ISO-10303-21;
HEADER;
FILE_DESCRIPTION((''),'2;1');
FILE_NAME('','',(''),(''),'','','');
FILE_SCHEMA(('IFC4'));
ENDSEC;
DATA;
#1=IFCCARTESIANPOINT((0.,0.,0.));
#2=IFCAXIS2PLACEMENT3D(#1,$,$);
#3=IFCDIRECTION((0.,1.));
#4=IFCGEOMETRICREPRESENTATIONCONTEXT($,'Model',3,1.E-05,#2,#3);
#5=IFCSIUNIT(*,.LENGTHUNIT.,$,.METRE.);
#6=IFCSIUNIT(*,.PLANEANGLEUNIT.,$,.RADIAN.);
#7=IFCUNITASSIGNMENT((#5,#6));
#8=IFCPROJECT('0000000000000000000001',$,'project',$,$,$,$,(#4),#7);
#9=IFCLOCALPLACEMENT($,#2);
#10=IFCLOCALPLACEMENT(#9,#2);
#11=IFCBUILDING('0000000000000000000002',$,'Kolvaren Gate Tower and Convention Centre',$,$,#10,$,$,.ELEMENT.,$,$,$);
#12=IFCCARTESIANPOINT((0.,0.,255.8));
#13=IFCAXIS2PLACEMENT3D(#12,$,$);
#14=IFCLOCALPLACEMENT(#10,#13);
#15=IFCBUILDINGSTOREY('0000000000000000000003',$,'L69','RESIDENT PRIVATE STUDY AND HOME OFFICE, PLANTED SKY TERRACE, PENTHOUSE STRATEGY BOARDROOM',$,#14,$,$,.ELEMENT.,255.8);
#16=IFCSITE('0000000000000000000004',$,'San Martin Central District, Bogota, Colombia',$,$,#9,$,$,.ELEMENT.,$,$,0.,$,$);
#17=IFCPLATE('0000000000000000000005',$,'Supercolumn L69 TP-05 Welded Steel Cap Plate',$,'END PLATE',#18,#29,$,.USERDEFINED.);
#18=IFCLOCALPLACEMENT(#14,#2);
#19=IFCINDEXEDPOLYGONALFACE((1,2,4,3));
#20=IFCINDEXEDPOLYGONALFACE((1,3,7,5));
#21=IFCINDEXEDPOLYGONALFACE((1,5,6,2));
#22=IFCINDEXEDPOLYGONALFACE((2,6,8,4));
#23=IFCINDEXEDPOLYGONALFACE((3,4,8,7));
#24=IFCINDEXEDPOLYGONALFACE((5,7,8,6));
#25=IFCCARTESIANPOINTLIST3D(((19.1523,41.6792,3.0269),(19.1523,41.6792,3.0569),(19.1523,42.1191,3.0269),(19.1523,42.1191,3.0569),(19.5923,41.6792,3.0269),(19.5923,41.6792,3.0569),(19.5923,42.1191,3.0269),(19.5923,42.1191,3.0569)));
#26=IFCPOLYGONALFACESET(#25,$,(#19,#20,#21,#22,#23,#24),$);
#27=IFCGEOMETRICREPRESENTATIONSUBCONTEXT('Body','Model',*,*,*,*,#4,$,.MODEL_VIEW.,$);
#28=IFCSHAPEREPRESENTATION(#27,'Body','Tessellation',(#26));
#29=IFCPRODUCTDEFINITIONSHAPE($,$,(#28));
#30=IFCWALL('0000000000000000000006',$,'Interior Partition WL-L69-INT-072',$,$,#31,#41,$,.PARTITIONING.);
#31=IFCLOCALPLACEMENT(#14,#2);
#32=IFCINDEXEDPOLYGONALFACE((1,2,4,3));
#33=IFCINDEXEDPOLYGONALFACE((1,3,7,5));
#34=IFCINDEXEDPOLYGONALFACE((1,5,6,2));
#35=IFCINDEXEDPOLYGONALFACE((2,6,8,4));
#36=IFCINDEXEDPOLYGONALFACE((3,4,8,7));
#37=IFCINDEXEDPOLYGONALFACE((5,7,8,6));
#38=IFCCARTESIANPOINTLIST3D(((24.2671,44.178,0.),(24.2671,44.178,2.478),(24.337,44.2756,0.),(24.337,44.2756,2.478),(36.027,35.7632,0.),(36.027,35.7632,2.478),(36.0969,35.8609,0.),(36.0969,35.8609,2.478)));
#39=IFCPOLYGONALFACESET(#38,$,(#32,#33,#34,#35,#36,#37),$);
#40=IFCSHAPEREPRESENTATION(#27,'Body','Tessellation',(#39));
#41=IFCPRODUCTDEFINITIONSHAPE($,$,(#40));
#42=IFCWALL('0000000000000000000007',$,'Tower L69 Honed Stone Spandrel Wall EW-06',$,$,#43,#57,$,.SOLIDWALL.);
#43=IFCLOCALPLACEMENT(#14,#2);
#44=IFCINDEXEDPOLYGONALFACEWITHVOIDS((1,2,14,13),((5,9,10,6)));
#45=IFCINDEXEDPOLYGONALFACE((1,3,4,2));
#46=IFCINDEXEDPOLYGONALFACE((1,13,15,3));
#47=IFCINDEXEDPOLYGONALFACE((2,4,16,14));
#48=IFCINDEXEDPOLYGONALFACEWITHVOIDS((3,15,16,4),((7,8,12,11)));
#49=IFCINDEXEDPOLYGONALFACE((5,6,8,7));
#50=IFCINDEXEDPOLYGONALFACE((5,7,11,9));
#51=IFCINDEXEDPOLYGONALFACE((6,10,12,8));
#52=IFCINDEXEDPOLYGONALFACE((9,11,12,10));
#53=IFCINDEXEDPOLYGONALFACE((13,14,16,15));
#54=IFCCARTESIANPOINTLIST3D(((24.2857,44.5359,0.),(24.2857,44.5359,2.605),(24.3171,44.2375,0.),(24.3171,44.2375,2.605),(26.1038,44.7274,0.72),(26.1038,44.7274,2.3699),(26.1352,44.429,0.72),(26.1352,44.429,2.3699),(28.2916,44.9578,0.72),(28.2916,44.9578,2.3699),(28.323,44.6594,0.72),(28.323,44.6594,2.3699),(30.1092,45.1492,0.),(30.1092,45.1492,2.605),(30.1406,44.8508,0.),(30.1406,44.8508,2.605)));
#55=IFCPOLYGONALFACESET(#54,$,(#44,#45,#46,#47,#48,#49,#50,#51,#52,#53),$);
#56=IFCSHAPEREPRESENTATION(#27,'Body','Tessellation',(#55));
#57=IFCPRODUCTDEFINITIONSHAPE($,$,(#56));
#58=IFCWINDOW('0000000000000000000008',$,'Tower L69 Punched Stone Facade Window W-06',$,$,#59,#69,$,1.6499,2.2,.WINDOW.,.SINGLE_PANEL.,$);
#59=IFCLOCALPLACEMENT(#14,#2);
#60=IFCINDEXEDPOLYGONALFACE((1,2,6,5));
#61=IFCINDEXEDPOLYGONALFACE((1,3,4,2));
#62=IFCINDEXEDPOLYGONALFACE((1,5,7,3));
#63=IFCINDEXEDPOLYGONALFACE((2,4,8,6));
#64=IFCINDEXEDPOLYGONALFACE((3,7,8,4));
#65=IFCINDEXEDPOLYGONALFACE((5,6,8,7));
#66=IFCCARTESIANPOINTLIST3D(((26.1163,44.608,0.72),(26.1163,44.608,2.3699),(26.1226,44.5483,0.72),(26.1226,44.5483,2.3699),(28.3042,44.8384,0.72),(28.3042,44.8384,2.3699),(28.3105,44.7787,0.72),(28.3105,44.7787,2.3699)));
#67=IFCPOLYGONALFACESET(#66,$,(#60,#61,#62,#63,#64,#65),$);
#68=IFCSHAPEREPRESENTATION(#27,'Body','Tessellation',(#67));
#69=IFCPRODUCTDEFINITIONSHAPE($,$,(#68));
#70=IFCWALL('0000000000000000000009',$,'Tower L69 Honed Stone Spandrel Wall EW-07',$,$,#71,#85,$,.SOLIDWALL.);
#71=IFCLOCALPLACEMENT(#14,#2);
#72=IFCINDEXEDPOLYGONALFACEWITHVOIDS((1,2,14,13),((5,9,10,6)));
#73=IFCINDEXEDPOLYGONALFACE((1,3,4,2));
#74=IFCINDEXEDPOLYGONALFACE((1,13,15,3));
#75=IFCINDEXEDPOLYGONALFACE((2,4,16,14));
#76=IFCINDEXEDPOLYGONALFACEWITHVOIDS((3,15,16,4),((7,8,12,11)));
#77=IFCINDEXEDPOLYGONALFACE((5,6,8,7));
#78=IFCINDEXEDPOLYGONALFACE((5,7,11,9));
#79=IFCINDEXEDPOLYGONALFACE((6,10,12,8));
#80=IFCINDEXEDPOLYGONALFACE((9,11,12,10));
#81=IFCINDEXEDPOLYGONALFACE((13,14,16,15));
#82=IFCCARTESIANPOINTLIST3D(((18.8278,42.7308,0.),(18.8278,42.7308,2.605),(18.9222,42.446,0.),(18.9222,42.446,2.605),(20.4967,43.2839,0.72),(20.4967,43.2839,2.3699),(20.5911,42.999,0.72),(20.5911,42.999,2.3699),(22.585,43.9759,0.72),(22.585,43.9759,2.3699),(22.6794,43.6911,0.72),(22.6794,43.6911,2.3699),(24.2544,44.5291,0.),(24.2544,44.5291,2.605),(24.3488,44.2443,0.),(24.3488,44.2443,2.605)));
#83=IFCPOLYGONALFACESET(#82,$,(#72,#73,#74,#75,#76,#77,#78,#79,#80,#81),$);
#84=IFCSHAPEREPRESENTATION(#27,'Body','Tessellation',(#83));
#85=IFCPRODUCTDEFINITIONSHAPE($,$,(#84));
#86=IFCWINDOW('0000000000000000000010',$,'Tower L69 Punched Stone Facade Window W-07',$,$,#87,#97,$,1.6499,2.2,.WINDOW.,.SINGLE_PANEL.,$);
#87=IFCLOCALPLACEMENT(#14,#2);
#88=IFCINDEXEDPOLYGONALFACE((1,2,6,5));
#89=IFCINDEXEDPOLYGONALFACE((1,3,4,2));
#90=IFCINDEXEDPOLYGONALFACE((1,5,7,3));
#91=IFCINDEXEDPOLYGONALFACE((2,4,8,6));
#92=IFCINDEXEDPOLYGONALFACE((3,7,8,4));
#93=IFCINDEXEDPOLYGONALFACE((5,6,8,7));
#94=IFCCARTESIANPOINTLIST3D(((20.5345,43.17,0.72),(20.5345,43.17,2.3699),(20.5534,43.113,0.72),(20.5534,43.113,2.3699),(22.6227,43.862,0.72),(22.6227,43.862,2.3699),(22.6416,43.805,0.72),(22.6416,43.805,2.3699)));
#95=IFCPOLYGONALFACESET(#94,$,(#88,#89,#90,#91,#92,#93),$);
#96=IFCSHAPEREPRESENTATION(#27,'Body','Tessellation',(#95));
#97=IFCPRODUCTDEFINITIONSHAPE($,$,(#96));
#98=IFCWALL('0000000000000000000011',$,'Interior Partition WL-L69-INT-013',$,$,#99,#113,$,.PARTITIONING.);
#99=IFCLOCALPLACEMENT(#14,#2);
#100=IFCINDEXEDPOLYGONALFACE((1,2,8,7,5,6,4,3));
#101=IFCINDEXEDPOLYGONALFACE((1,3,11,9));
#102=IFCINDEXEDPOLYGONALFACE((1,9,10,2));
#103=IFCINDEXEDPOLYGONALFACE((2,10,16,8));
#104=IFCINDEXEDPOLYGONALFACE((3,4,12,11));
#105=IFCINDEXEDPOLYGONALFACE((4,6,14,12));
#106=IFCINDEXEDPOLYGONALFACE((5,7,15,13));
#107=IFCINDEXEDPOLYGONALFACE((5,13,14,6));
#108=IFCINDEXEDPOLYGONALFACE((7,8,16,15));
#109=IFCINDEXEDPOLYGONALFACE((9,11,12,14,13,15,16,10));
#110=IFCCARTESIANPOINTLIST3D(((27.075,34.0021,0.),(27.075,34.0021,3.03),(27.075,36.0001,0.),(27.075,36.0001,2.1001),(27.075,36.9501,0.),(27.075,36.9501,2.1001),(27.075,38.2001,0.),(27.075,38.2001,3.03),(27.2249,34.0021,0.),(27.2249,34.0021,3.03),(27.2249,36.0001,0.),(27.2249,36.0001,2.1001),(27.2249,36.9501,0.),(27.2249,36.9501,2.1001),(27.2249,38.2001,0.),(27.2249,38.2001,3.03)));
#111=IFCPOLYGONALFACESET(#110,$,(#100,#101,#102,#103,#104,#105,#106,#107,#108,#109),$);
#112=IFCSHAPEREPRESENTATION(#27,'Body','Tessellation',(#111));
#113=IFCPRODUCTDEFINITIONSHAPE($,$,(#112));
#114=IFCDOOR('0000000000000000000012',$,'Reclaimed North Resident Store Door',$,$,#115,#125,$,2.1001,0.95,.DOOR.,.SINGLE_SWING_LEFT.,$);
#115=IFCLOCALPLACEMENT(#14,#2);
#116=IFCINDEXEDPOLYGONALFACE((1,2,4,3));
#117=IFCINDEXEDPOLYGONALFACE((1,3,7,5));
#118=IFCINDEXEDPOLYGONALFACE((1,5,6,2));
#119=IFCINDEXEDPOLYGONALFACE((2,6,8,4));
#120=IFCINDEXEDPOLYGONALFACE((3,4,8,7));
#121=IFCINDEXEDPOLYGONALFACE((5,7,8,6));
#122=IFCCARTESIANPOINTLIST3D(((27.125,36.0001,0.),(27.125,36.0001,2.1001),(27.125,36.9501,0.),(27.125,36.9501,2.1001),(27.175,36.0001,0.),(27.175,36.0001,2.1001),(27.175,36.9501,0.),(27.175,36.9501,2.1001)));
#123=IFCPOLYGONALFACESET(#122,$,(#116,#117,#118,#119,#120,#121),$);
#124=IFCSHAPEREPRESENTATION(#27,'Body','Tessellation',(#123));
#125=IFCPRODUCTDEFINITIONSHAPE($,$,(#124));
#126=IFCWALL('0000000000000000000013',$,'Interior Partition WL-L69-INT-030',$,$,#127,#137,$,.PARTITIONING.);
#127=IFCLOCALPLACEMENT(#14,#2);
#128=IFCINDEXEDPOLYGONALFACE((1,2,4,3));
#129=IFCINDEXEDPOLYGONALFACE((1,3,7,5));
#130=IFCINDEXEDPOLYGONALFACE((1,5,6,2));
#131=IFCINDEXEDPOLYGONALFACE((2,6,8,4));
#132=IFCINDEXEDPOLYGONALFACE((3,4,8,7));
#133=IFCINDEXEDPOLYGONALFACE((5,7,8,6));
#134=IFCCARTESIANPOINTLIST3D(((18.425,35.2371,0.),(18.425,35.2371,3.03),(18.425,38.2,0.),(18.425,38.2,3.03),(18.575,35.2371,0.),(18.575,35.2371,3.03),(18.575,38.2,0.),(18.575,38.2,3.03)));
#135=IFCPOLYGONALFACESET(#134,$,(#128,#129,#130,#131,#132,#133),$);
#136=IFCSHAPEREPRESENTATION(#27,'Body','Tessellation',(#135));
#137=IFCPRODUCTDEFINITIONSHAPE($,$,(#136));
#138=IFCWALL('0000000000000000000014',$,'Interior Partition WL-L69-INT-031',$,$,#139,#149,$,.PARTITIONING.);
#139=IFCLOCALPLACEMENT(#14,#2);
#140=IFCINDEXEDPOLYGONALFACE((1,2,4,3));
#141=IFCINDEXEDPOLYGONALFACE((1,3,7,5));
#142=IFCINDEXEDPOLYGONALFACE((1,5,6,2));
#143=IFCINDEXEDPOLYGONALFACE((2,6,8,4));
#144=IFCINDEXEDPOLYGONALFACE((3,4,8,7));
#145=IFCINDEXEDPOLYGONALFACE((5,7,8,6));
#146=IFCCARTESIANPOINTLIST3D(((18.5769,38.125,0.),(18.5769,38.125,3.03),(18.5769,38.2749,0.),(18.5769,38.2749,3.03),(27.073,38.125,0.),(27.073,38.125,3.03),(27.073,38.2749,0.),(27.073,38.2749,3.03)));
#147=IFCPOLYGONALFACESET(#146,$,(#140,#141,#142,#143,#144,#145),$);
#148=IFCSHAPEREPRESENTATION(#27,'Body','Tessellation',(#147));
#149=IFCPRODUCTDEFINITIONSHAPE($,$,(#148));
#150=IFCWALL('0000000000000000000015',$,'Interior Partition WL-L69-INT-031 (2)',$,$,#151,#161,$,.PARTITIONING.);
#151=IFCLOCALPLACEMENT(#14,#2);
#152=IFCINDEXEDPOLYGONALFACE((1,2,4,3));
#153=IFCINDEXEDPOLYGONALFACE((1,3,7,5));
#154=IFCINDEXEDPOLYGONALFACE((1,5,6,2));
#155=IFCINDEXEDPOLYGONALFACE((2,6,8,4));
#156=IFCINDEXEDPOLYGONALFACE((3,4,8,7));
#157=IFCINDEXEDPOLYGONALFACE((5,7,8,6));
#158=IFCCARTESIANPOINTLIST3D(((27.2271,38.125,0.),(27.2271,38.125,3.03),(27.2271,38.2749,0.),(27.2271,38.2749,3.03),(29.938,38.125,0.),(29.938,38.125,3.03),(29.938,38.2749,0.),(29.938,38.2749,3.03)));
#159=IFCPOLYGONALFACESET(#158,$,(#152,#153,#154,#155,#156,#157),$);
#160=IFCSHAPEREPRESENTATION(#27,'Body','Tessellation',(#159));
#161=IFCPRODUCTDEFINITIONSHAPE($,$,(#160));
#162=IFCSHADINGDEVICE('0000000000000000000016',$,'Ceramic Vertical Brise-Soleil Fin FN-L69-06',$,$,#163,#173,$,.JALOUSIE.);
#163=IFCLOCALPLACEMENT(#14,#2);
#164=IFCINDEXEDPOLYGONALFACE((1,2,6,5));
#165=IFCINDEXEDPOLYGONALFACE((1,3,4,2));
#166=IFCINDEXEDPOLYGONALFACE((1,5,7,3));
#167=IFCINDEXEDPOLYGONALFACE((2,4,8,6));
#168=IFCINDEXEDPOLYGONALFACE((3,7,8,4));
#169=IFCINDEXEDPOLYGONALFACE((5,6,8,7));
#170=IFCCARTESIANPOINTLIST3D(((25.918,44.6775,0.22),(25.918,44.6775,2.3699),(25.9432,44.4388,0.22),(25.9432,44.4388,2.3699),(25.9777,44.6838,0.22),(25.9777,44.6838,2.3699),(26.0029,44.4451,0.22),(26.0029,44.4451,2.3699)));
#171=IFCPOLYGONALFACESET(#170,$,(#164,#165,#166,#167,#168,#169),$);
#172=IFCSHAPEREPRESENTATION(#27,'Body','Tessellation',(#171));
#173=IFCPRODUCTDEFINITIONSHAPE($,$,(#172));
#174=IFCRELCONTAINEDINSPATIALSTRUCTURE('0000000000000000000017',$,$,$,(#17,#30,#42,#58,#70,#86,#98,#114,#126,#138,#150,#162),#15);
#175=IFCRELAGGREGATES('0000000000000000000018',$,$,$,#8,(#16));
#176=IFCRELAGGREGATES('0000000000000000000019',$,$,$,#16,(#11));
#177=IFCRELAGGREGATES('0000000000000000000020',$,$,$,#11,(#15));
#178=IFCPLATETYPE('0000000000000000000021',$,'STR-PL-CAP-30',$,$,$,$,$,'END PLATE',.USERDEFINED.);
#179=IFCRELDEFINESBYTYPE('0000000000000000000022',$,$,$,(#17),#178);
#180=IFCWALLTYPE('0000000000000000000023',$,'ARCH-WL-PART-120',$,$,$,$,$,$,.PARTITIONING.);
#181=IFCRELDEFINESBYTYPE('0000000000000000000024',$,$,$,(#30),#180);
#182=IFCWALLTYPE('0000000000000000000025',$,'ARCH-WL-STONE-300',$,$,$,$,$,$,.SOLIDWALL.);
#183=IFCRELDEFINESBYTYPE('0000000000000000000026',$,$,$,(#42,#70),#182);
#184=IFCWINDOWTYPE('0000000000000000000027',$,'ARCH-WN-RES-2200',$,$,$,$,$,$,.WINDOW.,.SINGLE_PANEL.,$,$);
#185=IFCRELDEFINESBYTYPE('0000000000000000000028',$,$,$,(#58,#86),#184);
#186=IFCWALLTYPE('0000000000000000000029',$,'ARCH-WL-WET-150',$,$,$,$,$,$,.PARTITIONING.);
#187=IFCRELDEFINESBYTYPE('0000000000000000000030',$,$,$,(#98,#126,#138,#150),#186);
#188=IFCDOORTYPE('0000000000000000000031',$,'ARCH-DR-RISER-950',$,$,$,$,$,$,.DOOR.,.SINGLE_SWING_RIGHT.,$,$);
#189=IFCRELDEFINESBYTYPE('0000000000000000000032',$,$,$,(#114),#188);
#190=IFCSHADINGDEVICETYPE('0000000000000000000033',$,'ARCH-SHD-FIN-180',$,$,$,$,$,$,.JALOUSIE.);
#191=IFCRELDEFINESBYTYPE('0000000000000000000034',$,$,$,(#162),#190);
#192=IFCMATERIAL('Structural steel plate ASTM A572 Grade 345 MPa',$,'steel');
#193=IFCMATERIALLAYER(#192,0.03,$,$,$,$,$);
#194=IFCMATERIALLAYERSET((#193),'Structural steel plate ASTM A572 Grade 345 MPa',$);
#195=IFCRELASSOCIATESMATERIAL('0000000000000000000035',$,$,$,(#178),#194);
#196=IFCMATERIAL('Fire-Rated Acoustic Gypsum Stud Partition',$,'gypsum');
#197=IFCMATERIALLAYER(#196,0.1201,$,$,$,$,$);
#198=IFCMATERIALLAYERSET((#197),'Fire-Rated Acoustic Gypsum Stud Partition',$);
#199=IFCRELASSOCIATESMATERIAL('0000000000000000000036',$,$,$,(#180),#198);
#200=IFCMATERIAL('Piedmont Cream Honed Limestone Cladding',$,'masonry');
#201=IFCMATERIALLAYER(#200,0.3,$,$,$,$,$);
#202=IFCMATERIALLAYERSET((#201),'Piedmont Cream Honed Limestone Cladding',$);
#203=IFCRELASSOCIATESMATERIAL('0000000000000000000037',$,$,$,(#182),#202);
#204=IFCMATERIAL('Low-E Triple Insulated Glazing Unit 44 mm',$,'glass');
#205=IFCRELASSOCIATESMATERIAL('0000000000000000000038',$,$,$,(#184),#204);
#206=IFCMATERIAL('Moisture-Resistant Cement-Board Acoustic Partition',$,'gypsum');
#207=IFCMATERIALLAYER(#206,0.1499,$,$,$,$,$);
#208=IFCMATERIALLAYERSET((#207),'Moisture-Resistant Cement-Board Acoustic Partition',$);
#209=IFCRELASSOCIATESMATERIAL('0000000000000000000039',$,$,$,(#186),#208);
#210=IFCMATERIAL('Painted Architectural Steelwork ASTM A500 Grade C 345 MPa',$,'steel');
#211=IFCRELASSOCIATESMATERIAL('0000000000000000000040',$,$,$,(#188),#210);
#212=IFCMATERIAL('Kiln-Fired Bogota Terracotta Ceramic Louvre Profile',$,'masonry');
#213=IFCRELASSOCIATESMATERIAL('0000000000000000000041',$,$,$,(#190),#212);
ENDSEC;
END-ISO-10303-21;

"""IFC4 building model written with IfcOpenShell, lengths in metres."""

from ifc_helpers import new_model, si_unit, direction, frame, frame_2d, origin, origin_2d, place, context, subcontext, project, spatial, rectangle, extrude, material, layer, layer_set, type_object, element, fill, save


model = new_model("IFC4")

# Units and contexts
model_context = context("Model", 3, precision=1e-05, world=origin(), true_north=direction((0.0, 1.0)))
body_context = subcontext(model_context, "Body", "Model", "MODEL_VIEW")
ifc_project = project(units=[si_unit("LENGTHUNIT", "METRE"), si_unit("PLANEANGLEUNIT", "RADIAN")], contexts=[model_context])

# Site, building, storey
site_placement = place(None, origin())
site = spatial("IfcSite", under=ifc_project, at=site_placement, Name="San Martin Central District, Bogota, Colombia", CompositionType="ELEMENT", RefElevation=0.0)
building_placement = place(site_placement, origin())
building = spatial("IfcBuilding", under=site, at=building_placement, Name="Kolvaren Gate Tower and Convention Centre", CompositionType="ELEMENT")
storey_placement = place(building_placement, frame((0.0, 0.0, 255.8)))
storey = spatial("IfcBuildingStorey", under=building, at=storey_placement, Name="L69", Description="RESIDENT PRIVATE STUDY AND HOME OFFICE, PLANTED SKY TERRACE, PENTHOUSE STRATEGY BOARDROOM", CompositionType="ELEMENT", Elevation=255.8)

# Plate
ifc_material_1 = material(Name="Structural steel plate ASTM A572 Grade 345 MPa", Category="steel")
ifc_layer_1 = layer(ifc_material_1, 0.03)
ifc_layer_set_1 = layer_set([ifc_layer_1], Name="Structural steel plate ASTM A572 Grade 345 MPa")
plate_type = type_object("IfcPlateType", Name="STR-PL-CAP-30", ElementType="END PLATE", PredefinedType="USERDEFINED", material=ifc_layer_set_1)
plate_placement = place(storey_placement, frame((19.3723, 41.8992, 3.0269), z_axis=(0.0, 0.0, 1.0), x_axis=(1.0, 0.0, 0.0)))
element("IfcPlate", 1, at=plate_placement, inside=storey, type_object=plate_type, Name="Supercolumn L69 TP-05 Welded Steel Cap Plate", ObjectType="END PLATE", PredefinedType="USERDEFINED", context=body_context, shape_type="SweptSolid", body=[
    extrude(rectangle(XDim=0.4399, YDim=0.4399, at=origin_2d()), origin(), (0.0, 0.0, 1.0), 0.03),
])

# Wall
ifc_material_2 = material(Name="Fire-Rated Acoustic Gypsum Stud Partition", Category="gypsum")
ifc_layer_2 = layer(ifc_material_2, 0.1201)
ifc_layer_set_2 = layer_set([ifc_layer_2], Name="Fire-Rated Acoustic Gypsum Stud Partition")
wall_type_1 = type_object("IfcWallType", Name="ARCH-WL-PART-120", PredefinedType="PARTITIONING", material=ifc_layer_set_2)
wall_1_placement = place(storey_placement, frame((24.302, 44.2268, 0.0), z_axis=(0.0, 0.0, 1.0), x_axis=(0.81325, -0.581915, 0.0)))
element("IfcWall", 2, at=wall_1_placement, inside=storey, type_object=wall_type_1, Name="Interior Partition WL-L69-INT-072", PredefinedType="PARTITIONING", context=body_context, shape_type="SweptSolid", body=[
    extrude(rectangle(XDim=14.4604, YDim=0.1201, at=frame_2d((7.2302, 0.0))), origin(), (0.0, 0.0, 1.0), 2.478),
])

# Walls, openings, windows
ifc_material_3 = material(Name="Piedmont Cream Honed Limestone Cladding", Category="masonry")
ifc_layer_3 = layer(ifc_material_3, 0.3)
ifc_layer_set_3 = layer_set([ifc_layer_3], Name="Piedmont Cream Honed Limestone Cladding")
wall_type_2 = type_object("IfcWallType", Name="ARCH-WL-STONE-300", PredefinedType="SOLIDWALL", material=ifc_layer_set_3)
wall_2_placement = place(storey_placement, frame((24.3015, 44.3867, 0.0), z_axis=(0.0, 0.0, 1.0), x_axis=(0.9945, 0.104733, 0.0)))
wall_2 = element("IfcWall", 3, at=wall_2_placement, inside=storey, type_object=wall_type_2, Name="Tower L69 Honed Stone Spandrel Wall EW-06", PredefinedType="SOLIDWALL", context=body_context, shape_type="SweptSolid", body=[
    extrude(rectangle(XDim=5.8557, YDim=0.3, at=frame_2d((2.9277, 0.0))), origin(), (0.0, 0.0, 1.0), 2.605),
])
opening_1_placement = place(wall_2_placement, frame((1.8279, 0.0, 0.72)))
opening_1 = element("IfcOpeningElement", 4, at=opening_1_placement, cuts=wall_2, PredefinedType="OPENING", context=body_context, shape_type="SweptSolid", body=[
    extrude(rectangle(XDim=2.2, YDim=1.6499, at=frame_2d((1.1001, 0.825))), frame((0.0, 0.1599, 0.0), z_axis=(0.0, -1.0, 0.0), x_axis=(1.0, 0.0, 0.0)), (0.0, 0.0, 1.0), 0.3201),
])
ifc_material_4 = material(Name="Low-E Triple Insulated Glazing Unit 44 mm", Category="glass")
window_type = type_object("IfcWindowType", Name="ARCH-WN-RES-2200", PartitioningType="SINGLE_PANEL", PredefinedType="WINDOW", material=ifc_material_4)
window_1_placement = place(opening_1_placement, origin())
window_1 = element("IfcWindow", 5, at=window_1_placement, inside=storey, type_object=window_type, Name="Tower L69 Punched Stone Facade Window W-06", OverallHeight=1.6499, OverallWidth=2.2, PartitioningType="SINGLE_PANEL", PredefinedType="WINDOW", context=body_context, shape_type="SweptSolid", body=[
    extrude(rectangle(XDim=2.2, YDim=1.6499, at=frame_2d((1.1001, 0.825))), frame((0.0, 0.03, 0.0), z_axis=(0.0, -1.0, 0.0), x_axis=(1.0, 0.0, 0.0)), (0.0, 0.0, 1.0), 0.0601),
])
fill(opening_1, window_1)
wall_3_placement = place(storey_placement, frame((18.875, 42.5884, 0.0), z_axis=(0.0, 0.0, 1.0), x_axis=(0.949233, 0.314575, 0.0)))
wall_3 = element("IfcWall", 6, at=wall_3_placement, inside=storey, type_object=wall_type_2, Name="Tower L69 Honed Stone Spandrel Wall EW-07", PredefinedType="SOLIDWALL", context=body_context, shape_type="SweptSolid", body=[
    extrude(rectangle(XDim=5.7168, YDim=0.3, at=frame_2d((2.8584, 0.0))), origin(), (0.0, 0.0, 1.0), 2.605),
])
opening_2_placement = place(wall_3_placement, frame((1.7581, 0.0, 0.72)))
opening_2 = element("IfcOpeningElement", 7, at=opening_2_placement, cuts=wall_3, PredefinedType="OPENING", context=body_context, shape_type="SweptSolid", body=[
    extrude(rectangle(XDim=2.2, YDim=1.6499, at=frame_2d((1.1001, 0.825))), frame((0.0, 0.1599, 0.0), z_axis=(0.0, -1.0, 0.0), x_axis=(1.0, 0.0, 0.0)), (0.0, 0.0, 1.0), 0.3201),
])
window_2_placement = place(opening_2_placement, origin())
window_2 = element("IfcWindow", 8, at=window_2_placement, inside=storey, type_object=window_type, Name="Tower L69 Punched Stone Facade Window W-07", OverallHeight=1.6499, OverallWidth=2.2, PartitioningType="SINGLE_PANEL", PredefinedType="WINDOW", context=body_context, shape_type="SweptSolid", body=[
    extrude(rectangle(XDim=2.2, YDim=1.6499, at=frame_2d((1.1001, 0.825))), frame((0.0, 0.03, 0.0), z_axis=(0.0, -1.0, 0.0), x_axis=(1.0, 0.0, 0.0)), (0.0, 0.0, 1.0), 0.0601),
])
fill(opening_2, window_2)

# Wall, opening, door
ifc_material_5 = material(Name="Moisture-Resistant Cement-Board Acoustic Partition", Category="gypsum")
ifc_layer_4 = layer(ifc_material_5, 0.1499)
ifc_layer_set_4 = layer_set([ifc_layer_4], Name="Moisture-Resistant Cement-Board Acoustic Partition")
wall_type_3 = type_object("IfcWallType", Name="ARCH-WL-WET-150", PredefinedType="PARTITIONING", material=ifc_layer_set_4)
wall_4_placement = place(storey_placement, frame((27.1499, 34.002, 0.0), z_axis=(0.0, 0.0, 1.0), x_axis=(0.0, 1.0, 0.0)))
wall_4 = element("IfcWall", 9, at=wall_4_placement, inside=storey, type_object=wall_type_3, Name="Interior Partition WL-L69-INT-013", PredefinedType="PARTITIONING", context=body_context, shape_type="SweptSolid", body=[
    extrude(rectangle(XDim=4.198, YDim=0.1499, at=frame_2d((2.0991, 0.0))), origin(), (0.0, 0.0, 1.0), 3.03),
])
opening_3_placement = place(wall_4_placement, frame((1.998, 0.0, 0.0)))
opening_3 = element("IfcOpeningElement", 10, at=opening_3_placement, cuts=wall_4, PredefinedType="OPENING", context=body_context, shape_type="SweptSolid", body=[
    extrude(rectangle(XDim=0.95, YDim=2.1001, at=frame_2d((0.4751, 1.05))), frame((0.0, 0.085, 0.0), z_axis=(0.0, -1.0, 0.0), x_axis=(1.0, 0.0, 0.0)), (0.0, 0.0, 1.0), 0.1699),
])
ifc_material_6 = material(Name="Painted Architectural Steelwork ASTM A500 Grade C 345 MPa", Category="steel")
door_type = type_object("IfcDoorType", Name="ARCH-DR-RISER-950", OperationType="SINGLE_SWING_RIGHT", PredefinedType="DOOR", material=ifc_material_6)
door_placement = place(opening_3_placement, origin())
door = element("IfcDoor", 11, at=door_placement, inside=storey, type_object=door_type, Name="Reclaimed North Resident Store Door", OperationType="SINGLE_SWING_LEFT", OverallHeight=2.1001, OverallWidth=0.95, PredefinedType="DOOR", context=body_context, shape_type="SweptSolid", body=[
    extrude(rectangle(XDim=0.95, YDim=2.1001, at=frame_2d((0.4751, 1.05))), frame((0.0, 0.0249, 0.0), z_axis=(0.0, -1.0, 0.0), x_axis=(1.0, 0.0, 0.0)), (0.0, 0.0, 1.0), 0.05),
])
fill(opening_3, door)

# Walls
wall_5_placement = place(storey_placement, frame((18.5, 35.2371, 0.0), z_axis=(0.0, 0.0, 1.0), x_axis=(0.0, 1.0, 0.0)))
element("IfcWall", 12, at=wall_5_placement, inside=storey, type_object=wall_type_3, Name="Interior Partition WL-L69-INT-030", PredefinedType="PARTITIONING", context=body_context, shape_type="SweptSolid", body=[
    extrude(rectangle(XDim=2.9629, YDim=0.1499, at=frame_2d((1.4814, 0.0))), origin(), (0.0, 0.0, 1.0), 3.03),
])
wall_6_placement = place(storey_placement, frame((18.5769, 38.2, 0.0), z_axis=(0.0, 0.0, 1.0), x_axis=(1.0, 0.0, 0.0)))
element("IfcWall", 13, at=wall_6_placement, inside=storey, type_object=wall_type_3, Name="Interior Partition WL-L69-INT-031", PredefinedType="PARTITIONING", context=body_context, shape_type="SweptSolid", body=[
    extrude(rectangle(XDim=8.4961, YDim=0.1499, at=frame_2d((4.248, 0.0))), origin(), (0.0, 0.0, 1.0), 3.03),
])
wall_7_placement = place(storey_placement, frame((27.2271, 38.2, 0.0), z_axis=(0.0, 0.0, 1.0), x_axis=(1.0, 0.0, 0.0)))
element("IfcWall", 14, at=wall_7_placement, inside=storey, type_object=wall_type_3, Name="Interior Partition WL-L69-INT-031 (2)", PredefinedType="PARTITIONING", context=body_context, shape_type="SweptSolid", body=[
    extrude(rectangle(XDim=2.7109, YDim=0.1499, at=frame_2d((1.3555, 0.0))), origin(), (0.0, 0.0, 1.0), 3.03),
])

# Shading device
ifc_material_7 = material(Name="Kiln-Fired Bogota Terracotta Ceramic Louvre Profile", Category="masonry")
shading_device_type = type_object("IfcShadingDeviceType", Name="ARCH-SHD-FIN-180", PredefinedType="JALOUSIE", material=ifc_material_7)
shading_device_placement = place(storey_placement, frame((25.9604, 44.5613, 0.22), z_axis=(0.0, 0.0, 1.0), x_axis=(0.9945, 0.104737, 0.0)))
element("IfcShadingDevice", 15, at=shading_device_placement, inside=storey, type_object=shading_device_type, Name="Ceramic Vertical Brise-Soleil Fin FN-L69-06", PredefinedType="JALOUSIE", context=body_context, shape_type="SweptSolid", body=[
    extrude(rectangle(XDim=0.0601, YDim=0.24, at=origin_2d()), origin(), (0.0, 0.0, 1.0), 2.1499),
])

save(model, "model.ifc")
